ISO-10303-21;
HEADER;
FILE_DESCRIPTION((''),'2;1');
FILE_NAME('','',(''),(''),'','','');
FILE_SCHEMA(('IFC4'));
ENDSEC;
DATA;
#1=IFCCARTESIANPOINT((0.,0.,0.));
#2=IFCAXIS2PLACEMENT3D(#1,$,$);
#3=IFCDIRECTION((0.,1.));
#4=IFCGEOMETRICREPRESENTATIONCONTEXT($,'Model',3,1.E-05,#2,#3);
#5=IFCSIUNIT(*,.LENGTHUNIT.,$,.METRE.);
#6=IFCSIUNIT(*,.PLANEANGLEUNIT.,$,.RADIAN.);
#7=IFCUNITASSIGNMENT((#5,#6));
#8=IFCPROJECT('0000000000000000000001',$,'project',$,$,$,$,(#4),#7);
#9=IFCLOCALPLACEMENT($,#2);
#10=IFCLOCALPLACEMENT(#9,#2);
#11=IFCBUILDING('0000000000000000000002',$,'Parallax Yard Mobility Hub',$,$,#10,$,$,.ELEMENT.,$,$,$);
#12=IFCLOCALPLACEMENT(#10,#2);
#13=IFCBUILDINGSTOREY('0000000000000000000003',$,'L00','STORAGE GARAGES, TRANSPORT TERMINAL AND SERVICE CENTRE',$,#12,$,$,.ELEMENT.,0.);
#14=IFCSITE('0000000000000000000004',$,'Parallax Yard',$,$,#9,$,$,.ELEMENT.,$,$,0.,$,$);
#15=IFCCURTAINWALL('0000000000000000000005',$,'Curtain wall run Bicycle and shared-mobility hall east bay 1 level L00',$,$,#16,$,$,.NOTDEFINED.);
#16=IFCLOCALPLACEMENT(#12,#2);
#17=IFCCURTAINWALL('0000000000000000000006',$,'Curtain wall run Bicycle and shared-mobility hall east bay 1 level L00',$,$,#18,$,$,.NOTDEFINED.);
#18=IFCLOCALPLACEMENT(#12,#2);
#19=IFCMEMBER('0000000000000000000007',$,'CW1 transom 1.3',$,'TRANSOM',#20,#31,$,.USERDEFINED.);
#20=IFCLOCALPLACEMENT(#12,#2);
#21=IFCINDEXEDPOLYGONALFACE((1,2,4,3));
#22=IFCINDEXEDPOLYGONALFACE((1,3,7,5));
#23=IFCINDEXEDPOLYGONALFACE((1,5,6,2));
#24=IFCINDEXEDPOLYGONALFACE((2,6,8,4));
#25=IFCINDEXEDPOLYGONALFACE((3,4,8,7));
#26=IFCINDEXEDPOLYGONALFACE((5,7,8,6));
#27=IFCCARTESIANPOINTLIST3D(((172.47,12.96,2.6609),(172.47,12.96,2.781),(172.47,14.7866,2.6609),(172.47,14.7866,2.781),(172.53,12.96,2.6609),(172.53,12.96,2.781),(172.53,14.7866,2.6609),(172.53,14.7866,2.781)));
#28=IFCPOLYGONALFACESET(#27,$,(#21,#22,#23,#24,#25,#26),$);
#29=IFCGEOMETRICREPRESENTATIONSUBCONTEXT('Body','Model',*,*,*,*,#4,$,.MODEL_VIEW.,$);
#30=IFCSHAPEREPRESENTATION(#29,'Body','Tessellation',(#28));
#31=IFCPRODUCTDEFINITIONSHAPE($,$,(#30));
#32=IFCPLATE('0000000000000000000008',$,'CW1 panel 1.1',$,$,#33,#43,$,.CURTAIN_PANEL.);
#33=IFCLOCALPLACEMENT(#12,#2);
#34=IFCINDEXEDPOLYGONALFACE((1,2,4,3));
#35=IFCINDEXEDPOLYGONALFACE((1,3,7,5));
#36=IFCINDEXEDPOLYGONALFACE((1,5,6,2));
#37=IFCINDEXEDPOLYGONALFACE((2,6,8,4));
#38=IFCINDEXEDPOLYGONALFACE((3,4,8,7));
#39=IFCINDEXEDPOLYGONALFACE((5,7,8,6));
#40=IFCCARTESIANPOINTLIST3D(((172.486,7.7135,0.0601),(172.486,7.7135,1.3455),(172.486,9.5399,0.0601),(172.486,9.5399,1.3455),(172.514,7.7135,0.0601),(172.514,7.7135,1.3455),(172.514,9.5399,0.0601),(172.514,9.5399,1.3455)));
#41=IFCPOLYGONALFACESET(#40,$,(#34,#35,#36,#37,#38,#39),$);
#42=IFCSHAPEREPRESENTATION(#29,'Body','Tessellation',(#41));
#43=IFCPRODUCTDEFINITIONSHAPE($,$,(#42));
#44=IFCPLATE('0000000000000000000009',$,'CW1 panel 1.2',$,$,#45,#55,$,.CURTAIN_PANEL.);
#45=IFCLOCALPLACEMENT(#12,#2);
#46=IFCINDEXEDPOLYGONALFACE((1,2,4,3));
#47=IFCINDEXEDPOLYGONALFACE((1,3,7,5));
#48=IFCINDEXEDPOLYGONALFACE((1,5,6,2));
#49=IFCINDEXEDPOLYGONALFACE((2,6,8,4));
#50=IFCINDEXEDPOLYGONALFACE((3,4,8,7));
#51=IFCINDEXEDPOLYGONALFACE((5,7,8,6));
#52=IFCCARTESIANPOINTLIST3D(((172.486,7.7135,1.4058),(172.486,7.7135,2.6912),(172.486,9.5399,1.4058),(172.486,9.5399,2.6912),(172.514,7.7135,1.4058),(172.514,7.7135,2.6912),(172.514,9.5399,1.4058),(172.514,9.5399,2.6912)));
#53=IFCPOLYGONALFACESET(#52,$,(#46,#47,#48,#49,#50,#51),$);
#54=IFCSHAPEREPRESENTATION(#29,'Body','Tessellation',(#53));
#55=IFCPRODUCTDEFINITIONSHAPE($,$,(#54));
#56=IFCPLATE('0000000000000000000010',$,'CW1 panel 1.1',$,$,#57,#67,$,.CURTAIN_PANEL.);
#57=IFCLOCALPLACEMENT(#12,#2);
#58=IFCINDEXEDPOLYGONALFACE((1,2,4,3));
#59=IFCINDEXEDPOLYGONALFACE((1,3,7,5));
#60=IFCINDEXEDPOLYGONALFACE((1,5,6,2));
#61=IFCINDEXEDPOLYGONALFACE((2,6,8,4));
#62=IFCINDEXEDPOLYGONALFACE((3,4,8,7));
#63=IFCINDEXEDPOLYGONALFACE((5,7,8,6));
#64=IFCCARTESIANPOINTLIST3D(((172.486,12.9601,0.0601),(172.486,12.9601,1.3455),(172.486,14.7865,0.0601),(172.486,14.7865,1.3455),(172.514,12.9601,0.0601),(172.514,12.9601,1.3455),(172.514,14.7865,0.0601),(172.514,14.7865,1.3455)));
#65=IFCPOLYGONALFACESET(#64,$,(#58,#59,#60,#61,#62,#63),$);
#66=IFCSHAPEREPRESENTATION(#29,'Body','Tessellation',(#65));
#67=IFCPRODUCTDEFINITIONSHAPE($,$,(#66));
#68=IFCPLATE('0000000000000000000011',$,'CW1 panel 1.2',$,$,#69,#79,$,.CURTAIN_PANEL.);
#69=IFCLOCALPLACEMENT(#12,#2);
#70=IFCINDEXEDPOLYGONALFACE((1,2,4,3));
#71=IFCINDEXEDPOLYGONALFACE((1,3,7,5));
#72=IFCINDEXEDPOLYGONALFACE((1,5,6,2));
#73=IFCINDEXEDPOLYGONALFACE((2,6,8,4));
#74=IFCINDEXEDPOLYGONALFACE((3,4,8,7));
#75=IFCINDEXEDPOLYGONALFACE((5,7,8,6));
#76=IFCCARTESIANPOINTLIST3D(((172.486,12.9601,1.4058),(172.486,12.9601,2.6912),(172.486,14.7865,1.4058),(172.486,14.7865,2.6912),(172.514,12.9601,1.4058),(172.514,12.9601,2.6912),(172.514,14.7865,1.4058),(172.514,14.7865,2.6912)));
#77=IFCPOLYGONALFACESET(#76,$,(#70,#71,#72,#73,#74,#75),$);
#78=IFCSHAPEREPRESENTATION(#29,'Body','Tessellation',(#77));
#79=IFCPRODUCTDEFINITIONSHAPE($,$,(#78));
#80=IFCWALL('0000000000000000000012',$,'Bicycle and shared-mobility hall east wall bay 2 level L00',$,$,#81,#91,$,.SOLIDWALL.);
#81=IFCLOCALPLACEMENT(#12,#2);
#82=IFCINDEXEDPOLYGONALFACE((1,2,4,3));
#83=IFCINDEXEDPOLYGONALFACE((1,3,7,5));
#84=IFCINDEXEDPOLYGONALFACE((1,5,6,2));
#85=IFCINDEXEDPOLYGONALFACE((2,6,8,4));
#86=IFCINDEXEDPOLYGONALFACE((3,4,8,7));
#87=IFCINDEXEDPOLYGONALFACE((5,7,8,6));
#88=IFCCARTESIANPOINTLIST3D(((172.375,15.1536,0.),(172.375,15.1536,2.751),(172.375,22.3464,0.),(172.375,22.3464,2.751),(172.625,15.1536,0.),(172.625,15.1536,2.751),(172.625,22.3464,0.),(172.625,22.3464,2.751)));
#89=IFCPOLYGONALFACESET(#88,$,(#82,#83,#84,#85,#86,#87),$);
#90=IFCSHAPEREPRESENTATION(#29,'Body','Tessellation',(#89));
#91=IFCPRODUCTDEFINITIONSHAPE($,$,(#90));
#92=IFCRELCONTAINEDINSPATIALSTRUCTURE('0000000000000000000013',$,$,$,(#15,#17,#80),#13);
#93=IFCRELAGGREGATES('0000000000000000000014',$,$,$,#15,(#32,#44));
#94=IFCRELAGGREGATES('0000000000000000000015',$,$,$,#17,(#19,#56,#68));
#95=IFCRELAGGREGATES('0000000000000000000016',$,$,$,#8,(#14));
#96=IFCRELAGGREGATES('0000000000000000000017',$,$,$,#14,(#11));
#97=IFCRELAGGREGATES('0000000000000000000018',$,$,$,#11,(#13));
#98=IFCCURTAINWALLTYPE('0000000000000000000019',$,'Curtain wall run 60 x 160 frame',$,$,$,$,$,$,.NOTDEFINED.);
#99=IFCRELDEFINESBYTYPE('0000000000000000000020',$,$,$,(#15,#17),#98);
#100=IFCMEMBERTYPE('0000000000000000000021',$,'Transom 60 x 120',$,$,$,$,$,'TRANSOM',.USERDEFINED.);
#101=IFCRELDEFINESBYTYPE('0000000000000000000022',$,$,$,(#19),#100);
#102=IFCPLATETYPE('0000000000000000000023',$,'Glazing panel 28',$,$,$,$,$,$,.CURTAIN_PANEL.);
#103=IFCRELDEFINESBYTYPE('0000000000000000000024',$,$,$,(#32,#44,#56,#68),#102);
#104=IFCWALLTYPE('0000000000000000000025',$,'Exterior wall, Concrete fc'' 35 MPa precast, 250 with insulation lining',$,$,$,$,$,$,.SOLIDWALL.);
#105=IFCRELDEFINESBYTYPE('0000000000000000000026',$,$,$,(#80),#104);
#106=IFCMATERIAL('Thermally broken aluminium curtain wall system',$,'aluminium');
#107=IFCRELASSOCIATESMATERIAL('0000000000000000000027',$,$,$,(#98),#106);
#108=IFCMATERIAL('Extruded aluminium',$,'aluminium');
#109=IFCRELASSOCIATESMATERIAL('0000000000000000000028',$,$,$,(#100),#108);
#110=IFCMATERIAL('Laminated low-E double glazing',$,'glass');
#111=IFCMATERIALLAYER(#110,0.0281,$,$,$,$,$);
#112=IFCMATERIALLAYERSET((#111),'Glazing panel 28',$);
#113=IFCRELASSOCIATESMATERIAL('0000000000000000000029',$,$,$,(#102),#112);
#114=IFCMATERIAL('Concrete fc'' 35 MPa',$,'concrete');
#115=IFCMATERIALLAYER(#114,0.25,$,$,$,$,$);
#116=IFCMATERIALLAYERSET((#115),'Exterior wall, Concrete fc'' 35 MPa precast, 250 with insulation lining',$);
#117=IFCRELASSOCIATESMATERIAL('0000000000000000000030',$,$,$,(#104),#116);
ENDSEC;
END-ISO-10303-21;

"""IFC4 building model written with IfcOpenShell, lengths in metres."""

from ifc_helpers import new_model, si_unit, direction, frame, frame_2d, origin, origin_2d, place, context, subcontext, project, spatial, rectangle, extrude, material, layer, layer_set, material_profile, profile_set, type_object, element, aggregate, save


model = new_model("IFC4")

# Units and contexts
model_context = context("Model", 3, precision=1e-05, world=origin(), true_north=direction((0.0, 1.0)))
body_context = subcontext(model_context, "Body", "Model", "MODEL_VIEW")
ifc_project = project(units=[si_unit("LENGTHUNIT", "METRE"), si_unit("PLANEANGLEUNIT", "RADIAN")], contexts=[model_context])

# Site, building, storey
site_placement = place(None, origin())
site = spatial("IfcSite", under=ifc_project, at=site_placement, Name="Parallax Yard", CompositionType="ELEMENT", RefElevation=0.0)
building_placement = place(site_placement, origin())
building = spatial("IfcBuilding", under=site, at=building_placement, Name="Parallax Yard Mobility Hub", CompositionType="ELEMENT")
storey_placement = place(building_placement, origin())
storey = spatial("IfcBuildingStorey", under=building, at=storey_placement, Name="L00", Description="STORAGE GARAGES, TRANSPORT TERMINAL AND SERVICE CENTRE", CompositionType="ELEMENT", Elevation=0.0)

# Curtain wall
ifc_material_1 = material(Name="Thermally broken aluminium curtain wall system", Category="aluminium")
curtain_wall_type = type_object("IfcCurtainWallType", Name="Curtain wall run 60 x 160 frame", PredefinedType="NOTDEFINED", material=ifc_material_1)
curtain_wall_1_placement = place(storey_placement, origin())
curtain_wall_1 = element("IfcCurtainWall", 1, at=curtain_wall_1_placement, inside=storey, type_object=curtain_wall_type, Name="Curtain wall run Bicycle and shared-mobility hall east bay 1 level L00", PredefinedType="NOTDEFINED")
ifc_material_2 = material(Name="Extruded aluminium", Category="aluminium")

# Curtain wall
curtain_wall_2_placement = place(storey_placement, origin())
curtain_wall_2 = element("IfcCurtainWall", 2, at=curtain_wall_2_placement, inside=storey, type_object=curtain_wall_type, Name="Curtain wall run Bicycle and shared-mobility hall east bay 1 level L00", PredefinedType="NOTDEFINED")

# Member
ifc_material_profile_1 = material_profile(ifc_material_2, rectangle(XDim=0.0601, YDim=0.1201, at=origin_2d()), Name="Transom 60 x 120")
ifc_profile_set_1 = profile_set([ifc_material_profile_1], Name="Extruded aluminium")
member_type_1 = type_object("IfcMemberType", Name="Transom 60 x 120", ElementType="TRANSOM", PredefinedType="USERDEFINED", material=ifc_profile_set_1)
member_1_placement = place(storey_placement, frame((172.5, 12.96, 2.7209), z_axis=(0.0, 1.0, 0.0), x_axis=(-1.0, 0.0, 0.0)))
member_1 = element("IfcMember", 3, at=member_1_placement, type_object=member_type_1, Name="CW1 transom 1.3", ObjectType="TRANSOM", PredefinedType="USERDEFINED", context=body_context, shape_type="SweptSolid", body=[
    extrude(rectangle(XDim=0.0601, YDim=0.1201, at=origin_2d()), origin(), (0.0, 0.0, 1.0), 1.8267),
])

# Plates
ifc_material_3 = material(Name="Laminated low-E double glazing", Category="glass")
ifc_layer_1 = layer(ifc_material_3, 0.0281)
ifc_layer_set_1 = layer_set([ifc_layer_1], Name="Glazing panel 28")
plate_type = type_object("IfcPlateType", Name="Glazing panel 28", PredefinedType="CURTAIN_PANEL", material=ifc_layer_set_1)
plate_1_placement = place(storey_placement, frame((172.5, 8.6267, 0.0601), z_axis=(0.0, 0.0, 1.0), x_axis=(0.0, 1.0, 0.0)))
plate_1 = element("IfcPlate", 4, at=plate_1_placement, type_object=plate_type, Name="CW1 panel 1.1", PredefinedType="CURTAIN_PANEL", context=body_context, shape_type="SweptSolid", body=[
    extrude(rectangle(XDim=1.8264, YDim=0.0281, at=origin_2d()), origin(), (0.0, 0.0, 1.0), 1.2854),
])
plate_2_placement = place(storey_placement, frame((172.5, 8.6267, 1.4058), z_axis=(0.0, 0.0, 1.0), x_axis=(0.0, 1.0, 0.0)))
plate_2 = element("IfcPlate", 5, at=plate_2_placement, type_object=plate_type, Name="CW1 panel 1.2", PredefinedType="CURTAIN_PANEL", context=body_context, shape_type="SweptSolid", body=[
    extrude(rectangle(XDim=1.8264, YDim=0.0281, at=origin_2d()), origin(), (0.0, 0.0, 1.0), 1.2854),
])
aggregate(curtain_wall_1, [plate_1, plate_2])
plate_3_placement = place(storey_placement, frame((172.5, 13.8733, 0.0601), z_axis=(0.0, 0.0, 1.0), x_axis=(0.0, 1.0, 0.0)))
plate_3 = element("IfcPlate", 6, at=plate_3_placement, type_object=plate_type, Name="CW1 panel 1.1", PredefinedType="CURTAIN_PANEL", context=body_context, shape_type="SweptSolid", body=[
    extrude(rectangle(XDim=1.8264, YDim=0.0281, at=origin_2d()), origin(), (0.0, 0.0, 1.0), 1.2854),
])
plate_4_placement = place(storey_placement, frame((172.5, 13.8733, 1.4058), z_axis=(0.0, 0.0, 1.0), x_axis=(0.0, 1.0, 0.0)))
plate_4 = element("IfcPlate", 7, at=plate_4_placement, type_object=plate_type, Name="CW1 panel 1.2", PredefinedType="CURTAIN_PANEL", context=body_context, shape_type="SweptSolid", body=[
    extrude(rectangle(XDim=1.8264, YDim=0.0281, at=origin_2d()), origin(), (0.0, 0.0, 1.0), 1.2854),
])
aggregate(curtain_wall_2, [member_1, plate_3, plate_4])

# Shared definitions
ifc_material_4 = material(Name="Concrete fc' 35 MPa", Category="concrete")
ifc_layer_2 = layer(ifc_material_4, 0.25)
ifc_layer_set_2 = layer_set([ifc_layer_2], Name="Exterior wall, Concrete fc' 35 MPa precast, 250 with insulation lining")
wall_type = type_object("IfcWallType", Name="Exterior wall, Concrete fc' 35 MPa precast, 250 with insulation lining", PredefinedType="SOLIDWALL", material=ifc_layer_set_2)

# Wall
wall_1_placement = place(storey_placement, frame((172.5, 15.1536, 0.0), z_axis=(0.0, 0.0, 1.0), x_axis=(0.0, 1.0, 0.0)))
element("IfcWall", 8, at=wall_1_placement, inside=storey, type_object=wall_type, Name="Bicycle and shared-mobility hall east wall bay 2 level L00", PredefinedType="SOLIDWALL", context=body_context, shape_type="SweptSolid", body=[
    extrude(rectangle(XDim=7.1929, YDim=0.25, at=frame_2d((3.5964, 0.0))), origin(), (0.0, 0.0, 1.0), 2.751),
])

save(model, "model.ifc")
